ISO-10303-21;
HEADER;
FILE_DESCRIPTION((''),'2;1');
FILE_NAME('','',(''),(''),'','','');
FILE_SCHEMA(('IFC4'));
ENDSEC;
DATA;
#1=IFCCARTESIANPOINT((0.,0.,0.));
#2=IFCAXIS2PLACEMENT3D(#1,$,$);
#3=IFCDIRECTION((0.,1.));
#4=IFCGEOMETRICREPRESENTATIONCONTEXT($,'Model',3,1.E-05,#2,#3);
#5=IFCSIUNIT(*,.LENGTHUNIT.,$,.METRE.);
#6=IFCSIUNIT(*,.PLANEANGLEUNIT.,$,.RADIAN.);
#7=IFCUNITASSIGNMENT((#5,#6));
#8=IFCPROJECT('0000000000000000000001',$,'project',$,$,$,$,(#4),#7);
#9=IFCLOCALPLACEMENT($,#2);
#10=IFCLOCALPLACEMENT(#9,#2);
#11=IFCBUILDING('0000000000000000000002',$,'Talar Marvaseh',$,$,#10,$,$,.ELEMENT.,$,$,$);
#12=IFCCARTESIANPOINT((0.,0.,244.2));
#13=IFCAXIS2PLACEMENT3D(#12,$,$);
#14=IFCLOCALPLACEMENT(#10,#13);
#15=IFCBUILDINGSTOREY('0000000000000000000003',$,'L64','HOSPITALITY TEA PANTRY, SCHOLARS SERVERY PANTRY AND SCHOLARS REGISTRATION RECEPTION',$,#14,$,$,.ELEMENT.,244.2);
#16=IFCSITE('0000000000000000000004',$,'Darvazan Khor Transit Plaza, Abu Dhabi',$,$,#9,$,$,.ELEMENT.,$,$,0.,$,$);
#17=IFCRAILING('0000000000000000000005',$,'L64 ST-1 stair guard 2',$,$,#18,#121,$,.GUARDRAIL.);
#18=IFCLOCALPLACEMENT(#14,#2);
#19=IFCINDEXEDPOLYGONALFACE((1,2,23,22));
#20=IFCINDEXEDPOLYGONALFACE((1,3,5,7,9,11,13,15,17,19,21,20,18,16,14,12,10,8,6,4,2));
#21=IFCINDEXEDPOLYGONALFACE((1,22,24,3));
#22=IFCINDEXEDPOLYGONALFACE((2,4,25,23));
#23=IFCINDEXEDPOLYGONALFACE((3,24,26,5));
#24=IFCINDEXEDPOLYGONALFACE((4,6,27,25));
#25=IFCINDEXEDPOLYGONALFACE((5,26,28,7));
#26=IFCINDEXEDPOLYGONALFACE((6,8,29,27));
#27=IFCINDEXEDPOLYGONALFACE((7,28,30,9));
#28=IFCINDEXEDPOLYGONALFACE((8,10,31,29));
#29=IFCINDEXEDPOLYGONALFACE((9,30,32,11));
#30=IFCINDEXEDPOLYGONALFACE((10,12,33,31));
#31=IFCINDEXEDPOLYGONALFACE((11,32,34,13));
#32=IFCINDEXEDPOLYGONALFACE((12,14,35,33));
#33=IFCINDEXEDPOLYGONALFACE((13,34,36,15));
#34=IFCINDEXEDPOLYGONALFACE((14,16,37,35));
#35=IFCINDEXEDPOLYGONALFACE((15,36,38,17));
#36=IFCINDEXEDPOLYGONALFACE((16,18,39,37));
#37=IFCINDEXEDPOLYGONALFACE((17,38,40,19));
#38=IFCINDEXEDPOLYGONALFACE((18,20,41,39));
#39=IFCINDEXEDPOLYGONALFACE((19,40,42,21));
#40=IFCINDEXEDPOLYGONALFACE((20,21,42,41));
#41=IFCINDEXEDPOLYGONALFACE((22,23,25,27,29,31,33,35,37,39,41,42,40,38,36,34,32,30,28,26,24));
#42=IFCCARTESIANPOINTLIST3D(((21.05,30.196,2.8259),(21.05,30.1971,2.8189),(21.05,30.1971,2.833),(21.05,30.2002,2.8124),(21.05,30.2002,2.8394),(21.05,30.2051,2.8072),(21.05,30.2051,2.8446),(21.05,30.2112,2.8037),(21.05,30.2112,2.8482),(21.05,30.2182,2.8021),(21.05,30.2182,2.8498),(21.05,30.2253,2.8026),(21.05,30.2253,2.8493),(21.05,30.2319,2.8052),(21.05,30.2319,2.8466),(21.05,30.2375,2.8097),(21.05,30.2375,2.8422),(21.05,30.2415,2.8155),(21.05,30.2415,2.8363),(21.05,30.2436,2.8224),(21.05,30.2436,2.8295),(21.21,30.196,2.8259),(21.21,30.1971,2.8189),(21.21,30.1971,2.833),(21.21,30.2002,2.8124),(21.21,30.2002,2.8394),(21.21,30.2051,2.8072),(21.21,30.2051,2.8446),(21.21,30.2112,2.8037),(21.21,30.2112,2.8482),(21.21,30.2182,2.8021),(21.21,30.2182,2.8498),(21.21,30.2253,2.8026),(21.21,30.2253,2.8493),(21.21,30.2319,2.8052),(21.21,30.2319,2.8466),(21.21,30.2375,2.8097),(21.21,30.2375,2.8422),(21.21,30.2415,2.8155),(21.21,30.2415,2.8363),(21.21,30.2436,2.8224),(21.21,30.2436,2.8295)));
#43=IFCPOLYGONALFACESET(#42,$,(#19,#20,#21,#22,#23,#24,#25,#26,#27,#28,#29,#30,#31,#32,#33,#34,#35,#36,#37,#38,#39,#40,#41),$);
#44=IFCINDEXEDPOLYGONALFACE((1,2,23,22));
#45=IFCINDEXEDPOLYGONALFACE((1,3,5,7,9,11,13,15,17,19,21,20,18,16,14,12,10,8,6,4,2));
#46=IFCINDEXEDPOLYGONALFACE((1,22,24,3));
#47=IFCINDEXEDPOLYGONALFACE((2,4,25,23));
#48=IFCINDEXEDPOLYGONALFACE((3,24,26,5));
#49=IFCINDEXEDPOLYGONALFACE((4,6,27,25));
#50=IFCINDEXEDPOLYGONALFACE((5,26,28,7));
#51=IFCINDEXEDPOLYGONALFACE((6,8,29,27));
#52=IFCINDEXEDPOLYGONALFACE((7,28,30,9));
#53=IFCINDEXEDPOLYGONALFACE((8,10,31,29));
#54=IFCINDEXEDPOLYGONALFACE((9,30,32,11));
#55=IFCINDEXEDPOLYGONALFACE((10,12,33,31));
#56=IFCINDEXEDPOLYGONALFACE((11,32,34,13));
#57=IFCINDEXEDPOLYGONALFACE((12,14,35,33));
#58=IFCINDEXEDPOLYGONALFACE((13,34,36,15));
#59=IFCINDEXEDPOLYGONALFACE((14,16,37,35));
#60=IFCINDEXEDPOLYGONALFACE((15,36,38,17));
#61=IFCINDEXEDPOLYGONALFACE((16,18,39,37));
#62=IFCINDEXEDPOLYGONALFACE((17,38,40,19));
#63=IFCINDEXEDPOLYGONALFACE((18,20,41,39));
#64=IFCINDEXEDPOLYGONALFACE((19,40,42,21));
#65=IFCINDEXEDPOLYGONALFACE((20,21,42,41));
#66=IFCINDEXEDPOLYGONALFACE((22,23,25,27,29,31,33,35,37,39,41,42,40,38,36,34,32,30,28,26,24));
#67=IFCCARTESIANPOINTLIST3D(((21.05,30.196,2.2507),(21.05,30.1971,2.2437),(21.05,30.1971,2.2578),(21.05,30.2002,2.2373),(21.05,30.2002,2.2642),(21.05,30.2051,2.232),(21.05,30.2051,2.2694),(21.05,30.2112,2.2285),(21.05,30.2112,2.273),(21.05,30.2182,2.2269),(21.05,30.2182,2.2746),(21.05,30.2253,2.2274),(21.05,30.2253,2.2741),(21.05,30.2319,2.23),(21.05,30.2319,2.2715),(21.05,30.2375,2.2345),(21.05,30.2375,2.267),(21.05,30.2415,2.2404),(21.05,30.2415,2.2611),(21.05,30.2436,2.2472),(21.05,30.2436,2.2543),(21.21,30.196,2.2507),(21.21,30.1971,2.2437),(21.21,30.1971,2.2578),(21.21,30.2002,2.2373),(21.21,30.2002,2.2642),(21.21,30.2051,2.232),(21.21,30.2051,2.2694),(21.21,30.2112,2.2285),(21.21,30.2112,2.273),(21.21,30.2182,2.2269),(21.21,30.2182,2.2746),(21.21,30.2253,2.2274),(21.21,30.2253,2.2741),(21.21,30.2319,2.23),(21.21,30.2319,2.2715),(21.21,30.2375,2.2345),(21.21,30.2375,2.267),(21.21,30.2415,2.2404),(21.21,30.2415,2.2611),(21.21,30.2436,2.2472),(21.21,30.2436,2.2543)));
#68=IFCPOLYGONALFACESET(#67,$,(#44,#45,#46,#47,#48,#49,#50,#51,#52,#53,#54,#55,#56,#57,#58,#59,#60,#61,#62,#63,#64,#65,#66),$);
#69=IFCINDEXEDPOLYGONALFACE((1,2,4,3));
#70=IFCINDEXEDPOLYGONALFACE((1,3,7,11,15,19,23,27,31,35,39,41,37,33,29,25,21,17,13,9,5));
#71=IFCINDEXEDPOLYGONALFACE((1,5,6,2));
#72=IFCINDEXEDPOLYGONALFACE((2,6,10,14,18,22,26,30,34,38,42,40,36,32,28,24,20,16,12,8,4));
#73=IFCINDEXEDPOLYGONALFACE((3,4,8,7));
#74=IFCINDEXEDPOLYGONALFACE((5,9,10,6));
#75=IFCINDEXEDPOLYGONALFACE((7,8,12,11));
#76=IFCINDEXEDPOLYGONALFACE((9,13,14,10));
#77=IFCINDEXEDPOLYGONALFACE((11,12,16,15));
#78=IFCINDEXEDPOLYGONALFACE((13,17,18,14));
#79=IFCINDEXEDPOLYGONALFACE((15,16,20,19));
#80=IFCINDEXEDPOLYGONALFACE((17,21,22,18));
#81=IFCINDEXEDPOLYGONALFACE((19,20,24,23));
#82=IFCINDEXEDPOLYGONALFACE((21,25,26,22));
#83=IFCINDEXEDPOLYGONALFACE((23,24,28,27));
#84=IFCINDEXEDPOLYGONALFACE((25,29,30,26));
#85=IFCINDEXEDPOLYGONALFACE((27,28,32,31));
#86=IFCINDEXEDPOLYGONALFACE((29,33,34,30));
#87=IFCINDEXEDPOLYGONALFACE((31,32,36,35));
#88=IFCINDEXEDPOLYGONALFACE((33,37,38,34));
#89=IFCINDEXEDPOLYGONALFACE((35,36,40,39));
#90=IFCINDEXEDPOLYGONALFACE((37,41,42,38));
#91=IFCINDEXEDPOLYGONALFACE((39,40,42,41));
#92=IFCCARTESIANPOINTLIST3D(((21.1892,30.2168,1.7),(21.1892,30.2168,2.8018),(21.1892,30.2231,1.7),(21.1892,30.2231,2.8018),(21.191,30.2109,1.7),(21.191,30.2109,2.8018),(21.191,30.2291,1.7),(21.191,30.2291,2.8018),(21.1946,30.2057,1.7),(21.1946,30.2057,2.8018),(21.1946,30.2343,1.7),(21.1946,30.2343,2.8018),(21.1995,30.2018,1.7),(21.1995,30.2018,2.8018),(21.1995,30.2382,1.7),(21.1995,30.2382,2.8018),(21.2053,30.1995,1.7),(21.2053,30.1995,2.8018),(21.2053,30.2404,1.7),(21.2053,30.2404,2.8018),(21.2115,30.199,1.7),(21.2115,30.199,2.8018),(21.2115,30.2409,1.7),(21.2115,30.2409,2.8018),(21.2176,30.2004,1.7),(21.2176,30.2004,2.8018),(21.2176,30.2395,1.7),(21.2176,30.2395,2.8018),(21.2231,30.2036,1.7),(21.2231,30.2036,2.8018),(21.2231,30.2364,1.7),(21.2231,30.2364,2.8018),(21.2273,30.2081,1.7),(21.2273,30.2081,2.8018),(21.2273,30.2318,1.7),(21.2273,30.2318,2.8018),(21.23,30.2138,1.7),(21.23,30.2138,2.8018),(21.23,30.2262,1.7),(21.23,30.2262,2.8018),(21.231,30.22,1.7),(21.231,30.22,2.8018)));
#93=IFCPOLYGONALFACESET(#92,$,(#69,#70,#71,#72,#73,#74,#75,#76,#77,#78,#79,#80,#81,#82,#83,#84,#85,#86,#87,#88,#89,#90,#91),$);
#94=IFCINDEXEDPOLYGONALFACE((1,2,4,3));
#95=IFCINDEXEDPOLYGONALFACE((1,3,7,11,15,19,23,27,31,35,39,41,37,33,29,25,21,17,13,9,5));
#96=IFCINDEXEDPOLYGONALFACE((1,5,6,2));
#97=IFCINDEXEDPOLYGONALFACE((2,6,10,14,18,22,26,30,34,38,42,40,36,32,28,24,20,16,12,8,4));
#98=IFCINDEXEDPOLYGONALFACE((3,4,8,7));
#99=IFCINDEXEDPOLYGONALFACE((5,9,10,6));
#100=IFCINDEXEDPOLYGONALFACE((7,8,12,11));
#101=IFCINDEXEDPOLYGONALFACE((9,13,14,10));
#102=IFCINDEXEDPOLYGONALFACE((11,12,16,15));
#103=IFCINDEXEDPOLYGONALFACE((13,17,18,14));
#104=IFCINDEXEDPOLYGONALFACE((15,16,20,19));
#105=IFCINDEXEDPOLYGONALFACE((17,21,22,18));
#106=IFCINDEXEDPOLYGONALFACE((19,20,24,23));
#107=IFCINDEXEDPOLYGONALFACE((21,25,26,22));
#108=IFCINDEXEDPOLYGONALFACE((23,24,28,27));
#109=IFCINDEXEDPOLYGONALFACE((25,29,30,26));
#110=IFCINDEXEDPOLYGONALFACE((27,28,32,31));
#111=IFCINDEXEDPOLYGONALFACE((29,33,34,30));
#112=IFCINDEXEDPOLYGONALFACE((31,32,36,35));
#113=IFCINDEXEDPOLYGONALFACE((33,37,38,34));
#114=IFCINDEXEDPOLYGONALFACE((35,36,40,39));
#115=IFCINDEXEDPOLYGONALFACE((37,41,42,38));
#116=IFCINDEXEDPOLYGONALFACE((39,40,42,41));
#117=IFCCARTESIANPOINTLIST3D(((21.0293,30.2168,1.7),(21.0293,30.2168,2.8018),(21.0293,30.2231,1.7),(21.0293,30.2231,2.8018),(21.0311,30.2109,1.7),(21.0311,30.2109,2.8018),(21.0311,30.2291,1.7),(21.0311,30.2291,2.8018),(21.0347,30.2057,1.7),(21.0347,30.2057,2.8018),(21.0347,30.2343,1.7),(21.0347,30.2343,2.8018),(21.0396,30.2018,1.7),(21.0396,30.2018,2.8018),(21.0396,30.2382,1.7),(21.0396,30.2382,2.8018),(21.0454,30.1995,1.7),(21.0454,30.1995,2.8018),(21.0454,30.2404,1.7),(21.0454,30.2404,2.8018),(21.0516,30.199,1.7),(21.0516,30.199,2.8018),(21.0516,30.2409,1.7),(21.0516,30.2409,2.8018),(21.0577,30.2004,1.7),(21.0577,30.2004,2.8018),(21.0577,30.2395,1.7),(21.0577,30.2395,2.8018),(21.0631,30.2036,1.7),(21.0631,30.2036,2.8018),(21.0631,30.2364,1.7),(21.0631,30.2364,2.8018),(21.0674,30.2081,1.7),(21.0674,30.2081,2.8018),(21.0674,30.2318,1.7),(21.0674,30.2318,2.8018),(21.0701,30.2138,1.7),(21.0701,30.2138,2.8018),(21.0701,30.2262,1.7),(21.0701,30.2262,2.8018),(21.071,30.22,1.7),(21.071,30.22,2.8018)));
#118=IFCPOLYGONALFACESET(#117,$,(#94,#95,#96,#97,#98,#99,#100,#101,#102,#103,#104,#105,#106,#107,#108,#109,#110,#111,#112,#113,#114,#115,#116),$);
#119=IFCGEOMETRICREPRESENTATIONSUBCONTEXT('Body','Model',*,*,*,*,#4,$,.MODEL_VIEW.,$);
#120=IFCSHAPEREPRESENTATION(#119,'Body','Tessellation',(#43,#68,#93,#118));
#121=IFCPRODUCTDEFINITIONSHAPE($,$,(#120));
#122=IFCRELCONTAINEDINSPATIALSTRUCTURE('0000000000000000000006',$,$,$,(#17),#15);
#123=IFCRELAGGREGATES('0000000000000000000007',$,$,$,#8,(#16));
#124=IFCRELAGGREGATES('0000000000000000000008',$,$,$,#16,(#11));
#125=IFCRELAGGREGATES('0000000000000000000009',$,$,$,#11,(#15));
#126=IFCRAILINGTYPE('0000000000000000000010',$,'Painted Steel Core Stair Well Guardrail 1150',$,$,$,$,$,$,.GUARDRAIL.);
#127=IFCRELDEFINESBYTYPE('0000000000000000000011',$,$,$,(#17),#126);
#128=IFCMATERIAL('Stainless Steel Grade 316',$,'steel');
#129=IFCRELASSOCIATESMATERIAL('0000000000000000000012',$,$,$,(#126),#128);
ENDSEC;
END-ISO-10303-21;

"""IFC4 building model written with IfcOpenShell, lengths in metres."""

from ifc_helpers import new_model, si_unit, direction, frame, origin, origin_2d, place, context, subcontext, project, spatial, circle, extrude, material, type_object, element, save


model = new_model("IFC4")

# Units and contexts
model_context = context("Model", 3, precision=1e-05, world=origin(), true_north=direction((0.0, 1.0)))
body_context = subcontext(model_context, "Body", "Model", "MODEL_VIEW")
ifc_project = project(units=[si_unit("LENGTHUNIT", "METRE"), si_unit("PLANEANGLEUNIT", "RADIAN")], contexts=[model_context])

# Site, building, storey
site_placement = place(None, origin())
site = spatial("IfcSite", under=ifc_project, at=site_placement, Name="Darvazan Khor Transit Plaza, Abu Dhabi", CompositionType="ELEMENT", RefElevation=0.0)
building_placement = place(site_placement, origin())
building = spatial("IfcBuilding", under=site, at=building_placement, Name="Talar Marvaseh", CompositionType="ELEMENT")
storey_placement = place(building_placement, frame((0.0, 0.0, 244.2)))
storey = spatial("IfcBuildingStorey", under=building, at=storey_placement, Name="L64", Description="HOSPITALITY TEA PANTRY, SCHOLARS SERVERY PANTRY AND SCHOLARS REGISTRATION RECEPTION", CompositionType="ELEMENT", Elevation=244.2)

# Railing
ifc_material_1 = material(Name="Stainless Steel Grade 316", Category="steel")
railing_type_1 = type_object("IfcRailingType", Name="Painted Steel Core Stair Well Guardrail 1150", PredefinedType="GUARDRAIL", material=ifc_material_1)
railing_1_placement = place(storey_placement, frame((21.21, 30.22, 1.7)))
element("IfcRailing", 1, at=railing_1_placement, inside=storey, type_object=railing_type_1, Name="L64 ST-1 stair guard 2", PredefinedType="GUARDRAIL", context=body_context, shape_type="SweptSolid", body=[
    extrude(circle(Radius=0.0239, at=origin_2d()), frame((0.0, 0.0, 1.126), z_axis=(-1.0, 0.0, 0.0), x_axis=(0.0, -1.0, 0.0)), (0.0, 0.0, 1.0), 0.1599),
    extrude(circle(Radius=0.0239, at=origin_2d()), frame((0.0, 0.0, 0.5508), z_axis=(-1.0, 0.0, 0.0), x_axis=(0.0, -1.0, 0.0)), (0.0, 0.0, 1.0), 0.1599),
    extrude(circle(Radius=0.021, at=origin_2d()), origin(), (0.0, 0.0, 1.0), 1.1018),
    extrude(circle(Radius=0.021, at=origin_2d()), frame((-0.1599, 0.0, 0.0)), (0.0, 0.0, 1.0), 1.1018),
])

save(model, "model.ifc")
